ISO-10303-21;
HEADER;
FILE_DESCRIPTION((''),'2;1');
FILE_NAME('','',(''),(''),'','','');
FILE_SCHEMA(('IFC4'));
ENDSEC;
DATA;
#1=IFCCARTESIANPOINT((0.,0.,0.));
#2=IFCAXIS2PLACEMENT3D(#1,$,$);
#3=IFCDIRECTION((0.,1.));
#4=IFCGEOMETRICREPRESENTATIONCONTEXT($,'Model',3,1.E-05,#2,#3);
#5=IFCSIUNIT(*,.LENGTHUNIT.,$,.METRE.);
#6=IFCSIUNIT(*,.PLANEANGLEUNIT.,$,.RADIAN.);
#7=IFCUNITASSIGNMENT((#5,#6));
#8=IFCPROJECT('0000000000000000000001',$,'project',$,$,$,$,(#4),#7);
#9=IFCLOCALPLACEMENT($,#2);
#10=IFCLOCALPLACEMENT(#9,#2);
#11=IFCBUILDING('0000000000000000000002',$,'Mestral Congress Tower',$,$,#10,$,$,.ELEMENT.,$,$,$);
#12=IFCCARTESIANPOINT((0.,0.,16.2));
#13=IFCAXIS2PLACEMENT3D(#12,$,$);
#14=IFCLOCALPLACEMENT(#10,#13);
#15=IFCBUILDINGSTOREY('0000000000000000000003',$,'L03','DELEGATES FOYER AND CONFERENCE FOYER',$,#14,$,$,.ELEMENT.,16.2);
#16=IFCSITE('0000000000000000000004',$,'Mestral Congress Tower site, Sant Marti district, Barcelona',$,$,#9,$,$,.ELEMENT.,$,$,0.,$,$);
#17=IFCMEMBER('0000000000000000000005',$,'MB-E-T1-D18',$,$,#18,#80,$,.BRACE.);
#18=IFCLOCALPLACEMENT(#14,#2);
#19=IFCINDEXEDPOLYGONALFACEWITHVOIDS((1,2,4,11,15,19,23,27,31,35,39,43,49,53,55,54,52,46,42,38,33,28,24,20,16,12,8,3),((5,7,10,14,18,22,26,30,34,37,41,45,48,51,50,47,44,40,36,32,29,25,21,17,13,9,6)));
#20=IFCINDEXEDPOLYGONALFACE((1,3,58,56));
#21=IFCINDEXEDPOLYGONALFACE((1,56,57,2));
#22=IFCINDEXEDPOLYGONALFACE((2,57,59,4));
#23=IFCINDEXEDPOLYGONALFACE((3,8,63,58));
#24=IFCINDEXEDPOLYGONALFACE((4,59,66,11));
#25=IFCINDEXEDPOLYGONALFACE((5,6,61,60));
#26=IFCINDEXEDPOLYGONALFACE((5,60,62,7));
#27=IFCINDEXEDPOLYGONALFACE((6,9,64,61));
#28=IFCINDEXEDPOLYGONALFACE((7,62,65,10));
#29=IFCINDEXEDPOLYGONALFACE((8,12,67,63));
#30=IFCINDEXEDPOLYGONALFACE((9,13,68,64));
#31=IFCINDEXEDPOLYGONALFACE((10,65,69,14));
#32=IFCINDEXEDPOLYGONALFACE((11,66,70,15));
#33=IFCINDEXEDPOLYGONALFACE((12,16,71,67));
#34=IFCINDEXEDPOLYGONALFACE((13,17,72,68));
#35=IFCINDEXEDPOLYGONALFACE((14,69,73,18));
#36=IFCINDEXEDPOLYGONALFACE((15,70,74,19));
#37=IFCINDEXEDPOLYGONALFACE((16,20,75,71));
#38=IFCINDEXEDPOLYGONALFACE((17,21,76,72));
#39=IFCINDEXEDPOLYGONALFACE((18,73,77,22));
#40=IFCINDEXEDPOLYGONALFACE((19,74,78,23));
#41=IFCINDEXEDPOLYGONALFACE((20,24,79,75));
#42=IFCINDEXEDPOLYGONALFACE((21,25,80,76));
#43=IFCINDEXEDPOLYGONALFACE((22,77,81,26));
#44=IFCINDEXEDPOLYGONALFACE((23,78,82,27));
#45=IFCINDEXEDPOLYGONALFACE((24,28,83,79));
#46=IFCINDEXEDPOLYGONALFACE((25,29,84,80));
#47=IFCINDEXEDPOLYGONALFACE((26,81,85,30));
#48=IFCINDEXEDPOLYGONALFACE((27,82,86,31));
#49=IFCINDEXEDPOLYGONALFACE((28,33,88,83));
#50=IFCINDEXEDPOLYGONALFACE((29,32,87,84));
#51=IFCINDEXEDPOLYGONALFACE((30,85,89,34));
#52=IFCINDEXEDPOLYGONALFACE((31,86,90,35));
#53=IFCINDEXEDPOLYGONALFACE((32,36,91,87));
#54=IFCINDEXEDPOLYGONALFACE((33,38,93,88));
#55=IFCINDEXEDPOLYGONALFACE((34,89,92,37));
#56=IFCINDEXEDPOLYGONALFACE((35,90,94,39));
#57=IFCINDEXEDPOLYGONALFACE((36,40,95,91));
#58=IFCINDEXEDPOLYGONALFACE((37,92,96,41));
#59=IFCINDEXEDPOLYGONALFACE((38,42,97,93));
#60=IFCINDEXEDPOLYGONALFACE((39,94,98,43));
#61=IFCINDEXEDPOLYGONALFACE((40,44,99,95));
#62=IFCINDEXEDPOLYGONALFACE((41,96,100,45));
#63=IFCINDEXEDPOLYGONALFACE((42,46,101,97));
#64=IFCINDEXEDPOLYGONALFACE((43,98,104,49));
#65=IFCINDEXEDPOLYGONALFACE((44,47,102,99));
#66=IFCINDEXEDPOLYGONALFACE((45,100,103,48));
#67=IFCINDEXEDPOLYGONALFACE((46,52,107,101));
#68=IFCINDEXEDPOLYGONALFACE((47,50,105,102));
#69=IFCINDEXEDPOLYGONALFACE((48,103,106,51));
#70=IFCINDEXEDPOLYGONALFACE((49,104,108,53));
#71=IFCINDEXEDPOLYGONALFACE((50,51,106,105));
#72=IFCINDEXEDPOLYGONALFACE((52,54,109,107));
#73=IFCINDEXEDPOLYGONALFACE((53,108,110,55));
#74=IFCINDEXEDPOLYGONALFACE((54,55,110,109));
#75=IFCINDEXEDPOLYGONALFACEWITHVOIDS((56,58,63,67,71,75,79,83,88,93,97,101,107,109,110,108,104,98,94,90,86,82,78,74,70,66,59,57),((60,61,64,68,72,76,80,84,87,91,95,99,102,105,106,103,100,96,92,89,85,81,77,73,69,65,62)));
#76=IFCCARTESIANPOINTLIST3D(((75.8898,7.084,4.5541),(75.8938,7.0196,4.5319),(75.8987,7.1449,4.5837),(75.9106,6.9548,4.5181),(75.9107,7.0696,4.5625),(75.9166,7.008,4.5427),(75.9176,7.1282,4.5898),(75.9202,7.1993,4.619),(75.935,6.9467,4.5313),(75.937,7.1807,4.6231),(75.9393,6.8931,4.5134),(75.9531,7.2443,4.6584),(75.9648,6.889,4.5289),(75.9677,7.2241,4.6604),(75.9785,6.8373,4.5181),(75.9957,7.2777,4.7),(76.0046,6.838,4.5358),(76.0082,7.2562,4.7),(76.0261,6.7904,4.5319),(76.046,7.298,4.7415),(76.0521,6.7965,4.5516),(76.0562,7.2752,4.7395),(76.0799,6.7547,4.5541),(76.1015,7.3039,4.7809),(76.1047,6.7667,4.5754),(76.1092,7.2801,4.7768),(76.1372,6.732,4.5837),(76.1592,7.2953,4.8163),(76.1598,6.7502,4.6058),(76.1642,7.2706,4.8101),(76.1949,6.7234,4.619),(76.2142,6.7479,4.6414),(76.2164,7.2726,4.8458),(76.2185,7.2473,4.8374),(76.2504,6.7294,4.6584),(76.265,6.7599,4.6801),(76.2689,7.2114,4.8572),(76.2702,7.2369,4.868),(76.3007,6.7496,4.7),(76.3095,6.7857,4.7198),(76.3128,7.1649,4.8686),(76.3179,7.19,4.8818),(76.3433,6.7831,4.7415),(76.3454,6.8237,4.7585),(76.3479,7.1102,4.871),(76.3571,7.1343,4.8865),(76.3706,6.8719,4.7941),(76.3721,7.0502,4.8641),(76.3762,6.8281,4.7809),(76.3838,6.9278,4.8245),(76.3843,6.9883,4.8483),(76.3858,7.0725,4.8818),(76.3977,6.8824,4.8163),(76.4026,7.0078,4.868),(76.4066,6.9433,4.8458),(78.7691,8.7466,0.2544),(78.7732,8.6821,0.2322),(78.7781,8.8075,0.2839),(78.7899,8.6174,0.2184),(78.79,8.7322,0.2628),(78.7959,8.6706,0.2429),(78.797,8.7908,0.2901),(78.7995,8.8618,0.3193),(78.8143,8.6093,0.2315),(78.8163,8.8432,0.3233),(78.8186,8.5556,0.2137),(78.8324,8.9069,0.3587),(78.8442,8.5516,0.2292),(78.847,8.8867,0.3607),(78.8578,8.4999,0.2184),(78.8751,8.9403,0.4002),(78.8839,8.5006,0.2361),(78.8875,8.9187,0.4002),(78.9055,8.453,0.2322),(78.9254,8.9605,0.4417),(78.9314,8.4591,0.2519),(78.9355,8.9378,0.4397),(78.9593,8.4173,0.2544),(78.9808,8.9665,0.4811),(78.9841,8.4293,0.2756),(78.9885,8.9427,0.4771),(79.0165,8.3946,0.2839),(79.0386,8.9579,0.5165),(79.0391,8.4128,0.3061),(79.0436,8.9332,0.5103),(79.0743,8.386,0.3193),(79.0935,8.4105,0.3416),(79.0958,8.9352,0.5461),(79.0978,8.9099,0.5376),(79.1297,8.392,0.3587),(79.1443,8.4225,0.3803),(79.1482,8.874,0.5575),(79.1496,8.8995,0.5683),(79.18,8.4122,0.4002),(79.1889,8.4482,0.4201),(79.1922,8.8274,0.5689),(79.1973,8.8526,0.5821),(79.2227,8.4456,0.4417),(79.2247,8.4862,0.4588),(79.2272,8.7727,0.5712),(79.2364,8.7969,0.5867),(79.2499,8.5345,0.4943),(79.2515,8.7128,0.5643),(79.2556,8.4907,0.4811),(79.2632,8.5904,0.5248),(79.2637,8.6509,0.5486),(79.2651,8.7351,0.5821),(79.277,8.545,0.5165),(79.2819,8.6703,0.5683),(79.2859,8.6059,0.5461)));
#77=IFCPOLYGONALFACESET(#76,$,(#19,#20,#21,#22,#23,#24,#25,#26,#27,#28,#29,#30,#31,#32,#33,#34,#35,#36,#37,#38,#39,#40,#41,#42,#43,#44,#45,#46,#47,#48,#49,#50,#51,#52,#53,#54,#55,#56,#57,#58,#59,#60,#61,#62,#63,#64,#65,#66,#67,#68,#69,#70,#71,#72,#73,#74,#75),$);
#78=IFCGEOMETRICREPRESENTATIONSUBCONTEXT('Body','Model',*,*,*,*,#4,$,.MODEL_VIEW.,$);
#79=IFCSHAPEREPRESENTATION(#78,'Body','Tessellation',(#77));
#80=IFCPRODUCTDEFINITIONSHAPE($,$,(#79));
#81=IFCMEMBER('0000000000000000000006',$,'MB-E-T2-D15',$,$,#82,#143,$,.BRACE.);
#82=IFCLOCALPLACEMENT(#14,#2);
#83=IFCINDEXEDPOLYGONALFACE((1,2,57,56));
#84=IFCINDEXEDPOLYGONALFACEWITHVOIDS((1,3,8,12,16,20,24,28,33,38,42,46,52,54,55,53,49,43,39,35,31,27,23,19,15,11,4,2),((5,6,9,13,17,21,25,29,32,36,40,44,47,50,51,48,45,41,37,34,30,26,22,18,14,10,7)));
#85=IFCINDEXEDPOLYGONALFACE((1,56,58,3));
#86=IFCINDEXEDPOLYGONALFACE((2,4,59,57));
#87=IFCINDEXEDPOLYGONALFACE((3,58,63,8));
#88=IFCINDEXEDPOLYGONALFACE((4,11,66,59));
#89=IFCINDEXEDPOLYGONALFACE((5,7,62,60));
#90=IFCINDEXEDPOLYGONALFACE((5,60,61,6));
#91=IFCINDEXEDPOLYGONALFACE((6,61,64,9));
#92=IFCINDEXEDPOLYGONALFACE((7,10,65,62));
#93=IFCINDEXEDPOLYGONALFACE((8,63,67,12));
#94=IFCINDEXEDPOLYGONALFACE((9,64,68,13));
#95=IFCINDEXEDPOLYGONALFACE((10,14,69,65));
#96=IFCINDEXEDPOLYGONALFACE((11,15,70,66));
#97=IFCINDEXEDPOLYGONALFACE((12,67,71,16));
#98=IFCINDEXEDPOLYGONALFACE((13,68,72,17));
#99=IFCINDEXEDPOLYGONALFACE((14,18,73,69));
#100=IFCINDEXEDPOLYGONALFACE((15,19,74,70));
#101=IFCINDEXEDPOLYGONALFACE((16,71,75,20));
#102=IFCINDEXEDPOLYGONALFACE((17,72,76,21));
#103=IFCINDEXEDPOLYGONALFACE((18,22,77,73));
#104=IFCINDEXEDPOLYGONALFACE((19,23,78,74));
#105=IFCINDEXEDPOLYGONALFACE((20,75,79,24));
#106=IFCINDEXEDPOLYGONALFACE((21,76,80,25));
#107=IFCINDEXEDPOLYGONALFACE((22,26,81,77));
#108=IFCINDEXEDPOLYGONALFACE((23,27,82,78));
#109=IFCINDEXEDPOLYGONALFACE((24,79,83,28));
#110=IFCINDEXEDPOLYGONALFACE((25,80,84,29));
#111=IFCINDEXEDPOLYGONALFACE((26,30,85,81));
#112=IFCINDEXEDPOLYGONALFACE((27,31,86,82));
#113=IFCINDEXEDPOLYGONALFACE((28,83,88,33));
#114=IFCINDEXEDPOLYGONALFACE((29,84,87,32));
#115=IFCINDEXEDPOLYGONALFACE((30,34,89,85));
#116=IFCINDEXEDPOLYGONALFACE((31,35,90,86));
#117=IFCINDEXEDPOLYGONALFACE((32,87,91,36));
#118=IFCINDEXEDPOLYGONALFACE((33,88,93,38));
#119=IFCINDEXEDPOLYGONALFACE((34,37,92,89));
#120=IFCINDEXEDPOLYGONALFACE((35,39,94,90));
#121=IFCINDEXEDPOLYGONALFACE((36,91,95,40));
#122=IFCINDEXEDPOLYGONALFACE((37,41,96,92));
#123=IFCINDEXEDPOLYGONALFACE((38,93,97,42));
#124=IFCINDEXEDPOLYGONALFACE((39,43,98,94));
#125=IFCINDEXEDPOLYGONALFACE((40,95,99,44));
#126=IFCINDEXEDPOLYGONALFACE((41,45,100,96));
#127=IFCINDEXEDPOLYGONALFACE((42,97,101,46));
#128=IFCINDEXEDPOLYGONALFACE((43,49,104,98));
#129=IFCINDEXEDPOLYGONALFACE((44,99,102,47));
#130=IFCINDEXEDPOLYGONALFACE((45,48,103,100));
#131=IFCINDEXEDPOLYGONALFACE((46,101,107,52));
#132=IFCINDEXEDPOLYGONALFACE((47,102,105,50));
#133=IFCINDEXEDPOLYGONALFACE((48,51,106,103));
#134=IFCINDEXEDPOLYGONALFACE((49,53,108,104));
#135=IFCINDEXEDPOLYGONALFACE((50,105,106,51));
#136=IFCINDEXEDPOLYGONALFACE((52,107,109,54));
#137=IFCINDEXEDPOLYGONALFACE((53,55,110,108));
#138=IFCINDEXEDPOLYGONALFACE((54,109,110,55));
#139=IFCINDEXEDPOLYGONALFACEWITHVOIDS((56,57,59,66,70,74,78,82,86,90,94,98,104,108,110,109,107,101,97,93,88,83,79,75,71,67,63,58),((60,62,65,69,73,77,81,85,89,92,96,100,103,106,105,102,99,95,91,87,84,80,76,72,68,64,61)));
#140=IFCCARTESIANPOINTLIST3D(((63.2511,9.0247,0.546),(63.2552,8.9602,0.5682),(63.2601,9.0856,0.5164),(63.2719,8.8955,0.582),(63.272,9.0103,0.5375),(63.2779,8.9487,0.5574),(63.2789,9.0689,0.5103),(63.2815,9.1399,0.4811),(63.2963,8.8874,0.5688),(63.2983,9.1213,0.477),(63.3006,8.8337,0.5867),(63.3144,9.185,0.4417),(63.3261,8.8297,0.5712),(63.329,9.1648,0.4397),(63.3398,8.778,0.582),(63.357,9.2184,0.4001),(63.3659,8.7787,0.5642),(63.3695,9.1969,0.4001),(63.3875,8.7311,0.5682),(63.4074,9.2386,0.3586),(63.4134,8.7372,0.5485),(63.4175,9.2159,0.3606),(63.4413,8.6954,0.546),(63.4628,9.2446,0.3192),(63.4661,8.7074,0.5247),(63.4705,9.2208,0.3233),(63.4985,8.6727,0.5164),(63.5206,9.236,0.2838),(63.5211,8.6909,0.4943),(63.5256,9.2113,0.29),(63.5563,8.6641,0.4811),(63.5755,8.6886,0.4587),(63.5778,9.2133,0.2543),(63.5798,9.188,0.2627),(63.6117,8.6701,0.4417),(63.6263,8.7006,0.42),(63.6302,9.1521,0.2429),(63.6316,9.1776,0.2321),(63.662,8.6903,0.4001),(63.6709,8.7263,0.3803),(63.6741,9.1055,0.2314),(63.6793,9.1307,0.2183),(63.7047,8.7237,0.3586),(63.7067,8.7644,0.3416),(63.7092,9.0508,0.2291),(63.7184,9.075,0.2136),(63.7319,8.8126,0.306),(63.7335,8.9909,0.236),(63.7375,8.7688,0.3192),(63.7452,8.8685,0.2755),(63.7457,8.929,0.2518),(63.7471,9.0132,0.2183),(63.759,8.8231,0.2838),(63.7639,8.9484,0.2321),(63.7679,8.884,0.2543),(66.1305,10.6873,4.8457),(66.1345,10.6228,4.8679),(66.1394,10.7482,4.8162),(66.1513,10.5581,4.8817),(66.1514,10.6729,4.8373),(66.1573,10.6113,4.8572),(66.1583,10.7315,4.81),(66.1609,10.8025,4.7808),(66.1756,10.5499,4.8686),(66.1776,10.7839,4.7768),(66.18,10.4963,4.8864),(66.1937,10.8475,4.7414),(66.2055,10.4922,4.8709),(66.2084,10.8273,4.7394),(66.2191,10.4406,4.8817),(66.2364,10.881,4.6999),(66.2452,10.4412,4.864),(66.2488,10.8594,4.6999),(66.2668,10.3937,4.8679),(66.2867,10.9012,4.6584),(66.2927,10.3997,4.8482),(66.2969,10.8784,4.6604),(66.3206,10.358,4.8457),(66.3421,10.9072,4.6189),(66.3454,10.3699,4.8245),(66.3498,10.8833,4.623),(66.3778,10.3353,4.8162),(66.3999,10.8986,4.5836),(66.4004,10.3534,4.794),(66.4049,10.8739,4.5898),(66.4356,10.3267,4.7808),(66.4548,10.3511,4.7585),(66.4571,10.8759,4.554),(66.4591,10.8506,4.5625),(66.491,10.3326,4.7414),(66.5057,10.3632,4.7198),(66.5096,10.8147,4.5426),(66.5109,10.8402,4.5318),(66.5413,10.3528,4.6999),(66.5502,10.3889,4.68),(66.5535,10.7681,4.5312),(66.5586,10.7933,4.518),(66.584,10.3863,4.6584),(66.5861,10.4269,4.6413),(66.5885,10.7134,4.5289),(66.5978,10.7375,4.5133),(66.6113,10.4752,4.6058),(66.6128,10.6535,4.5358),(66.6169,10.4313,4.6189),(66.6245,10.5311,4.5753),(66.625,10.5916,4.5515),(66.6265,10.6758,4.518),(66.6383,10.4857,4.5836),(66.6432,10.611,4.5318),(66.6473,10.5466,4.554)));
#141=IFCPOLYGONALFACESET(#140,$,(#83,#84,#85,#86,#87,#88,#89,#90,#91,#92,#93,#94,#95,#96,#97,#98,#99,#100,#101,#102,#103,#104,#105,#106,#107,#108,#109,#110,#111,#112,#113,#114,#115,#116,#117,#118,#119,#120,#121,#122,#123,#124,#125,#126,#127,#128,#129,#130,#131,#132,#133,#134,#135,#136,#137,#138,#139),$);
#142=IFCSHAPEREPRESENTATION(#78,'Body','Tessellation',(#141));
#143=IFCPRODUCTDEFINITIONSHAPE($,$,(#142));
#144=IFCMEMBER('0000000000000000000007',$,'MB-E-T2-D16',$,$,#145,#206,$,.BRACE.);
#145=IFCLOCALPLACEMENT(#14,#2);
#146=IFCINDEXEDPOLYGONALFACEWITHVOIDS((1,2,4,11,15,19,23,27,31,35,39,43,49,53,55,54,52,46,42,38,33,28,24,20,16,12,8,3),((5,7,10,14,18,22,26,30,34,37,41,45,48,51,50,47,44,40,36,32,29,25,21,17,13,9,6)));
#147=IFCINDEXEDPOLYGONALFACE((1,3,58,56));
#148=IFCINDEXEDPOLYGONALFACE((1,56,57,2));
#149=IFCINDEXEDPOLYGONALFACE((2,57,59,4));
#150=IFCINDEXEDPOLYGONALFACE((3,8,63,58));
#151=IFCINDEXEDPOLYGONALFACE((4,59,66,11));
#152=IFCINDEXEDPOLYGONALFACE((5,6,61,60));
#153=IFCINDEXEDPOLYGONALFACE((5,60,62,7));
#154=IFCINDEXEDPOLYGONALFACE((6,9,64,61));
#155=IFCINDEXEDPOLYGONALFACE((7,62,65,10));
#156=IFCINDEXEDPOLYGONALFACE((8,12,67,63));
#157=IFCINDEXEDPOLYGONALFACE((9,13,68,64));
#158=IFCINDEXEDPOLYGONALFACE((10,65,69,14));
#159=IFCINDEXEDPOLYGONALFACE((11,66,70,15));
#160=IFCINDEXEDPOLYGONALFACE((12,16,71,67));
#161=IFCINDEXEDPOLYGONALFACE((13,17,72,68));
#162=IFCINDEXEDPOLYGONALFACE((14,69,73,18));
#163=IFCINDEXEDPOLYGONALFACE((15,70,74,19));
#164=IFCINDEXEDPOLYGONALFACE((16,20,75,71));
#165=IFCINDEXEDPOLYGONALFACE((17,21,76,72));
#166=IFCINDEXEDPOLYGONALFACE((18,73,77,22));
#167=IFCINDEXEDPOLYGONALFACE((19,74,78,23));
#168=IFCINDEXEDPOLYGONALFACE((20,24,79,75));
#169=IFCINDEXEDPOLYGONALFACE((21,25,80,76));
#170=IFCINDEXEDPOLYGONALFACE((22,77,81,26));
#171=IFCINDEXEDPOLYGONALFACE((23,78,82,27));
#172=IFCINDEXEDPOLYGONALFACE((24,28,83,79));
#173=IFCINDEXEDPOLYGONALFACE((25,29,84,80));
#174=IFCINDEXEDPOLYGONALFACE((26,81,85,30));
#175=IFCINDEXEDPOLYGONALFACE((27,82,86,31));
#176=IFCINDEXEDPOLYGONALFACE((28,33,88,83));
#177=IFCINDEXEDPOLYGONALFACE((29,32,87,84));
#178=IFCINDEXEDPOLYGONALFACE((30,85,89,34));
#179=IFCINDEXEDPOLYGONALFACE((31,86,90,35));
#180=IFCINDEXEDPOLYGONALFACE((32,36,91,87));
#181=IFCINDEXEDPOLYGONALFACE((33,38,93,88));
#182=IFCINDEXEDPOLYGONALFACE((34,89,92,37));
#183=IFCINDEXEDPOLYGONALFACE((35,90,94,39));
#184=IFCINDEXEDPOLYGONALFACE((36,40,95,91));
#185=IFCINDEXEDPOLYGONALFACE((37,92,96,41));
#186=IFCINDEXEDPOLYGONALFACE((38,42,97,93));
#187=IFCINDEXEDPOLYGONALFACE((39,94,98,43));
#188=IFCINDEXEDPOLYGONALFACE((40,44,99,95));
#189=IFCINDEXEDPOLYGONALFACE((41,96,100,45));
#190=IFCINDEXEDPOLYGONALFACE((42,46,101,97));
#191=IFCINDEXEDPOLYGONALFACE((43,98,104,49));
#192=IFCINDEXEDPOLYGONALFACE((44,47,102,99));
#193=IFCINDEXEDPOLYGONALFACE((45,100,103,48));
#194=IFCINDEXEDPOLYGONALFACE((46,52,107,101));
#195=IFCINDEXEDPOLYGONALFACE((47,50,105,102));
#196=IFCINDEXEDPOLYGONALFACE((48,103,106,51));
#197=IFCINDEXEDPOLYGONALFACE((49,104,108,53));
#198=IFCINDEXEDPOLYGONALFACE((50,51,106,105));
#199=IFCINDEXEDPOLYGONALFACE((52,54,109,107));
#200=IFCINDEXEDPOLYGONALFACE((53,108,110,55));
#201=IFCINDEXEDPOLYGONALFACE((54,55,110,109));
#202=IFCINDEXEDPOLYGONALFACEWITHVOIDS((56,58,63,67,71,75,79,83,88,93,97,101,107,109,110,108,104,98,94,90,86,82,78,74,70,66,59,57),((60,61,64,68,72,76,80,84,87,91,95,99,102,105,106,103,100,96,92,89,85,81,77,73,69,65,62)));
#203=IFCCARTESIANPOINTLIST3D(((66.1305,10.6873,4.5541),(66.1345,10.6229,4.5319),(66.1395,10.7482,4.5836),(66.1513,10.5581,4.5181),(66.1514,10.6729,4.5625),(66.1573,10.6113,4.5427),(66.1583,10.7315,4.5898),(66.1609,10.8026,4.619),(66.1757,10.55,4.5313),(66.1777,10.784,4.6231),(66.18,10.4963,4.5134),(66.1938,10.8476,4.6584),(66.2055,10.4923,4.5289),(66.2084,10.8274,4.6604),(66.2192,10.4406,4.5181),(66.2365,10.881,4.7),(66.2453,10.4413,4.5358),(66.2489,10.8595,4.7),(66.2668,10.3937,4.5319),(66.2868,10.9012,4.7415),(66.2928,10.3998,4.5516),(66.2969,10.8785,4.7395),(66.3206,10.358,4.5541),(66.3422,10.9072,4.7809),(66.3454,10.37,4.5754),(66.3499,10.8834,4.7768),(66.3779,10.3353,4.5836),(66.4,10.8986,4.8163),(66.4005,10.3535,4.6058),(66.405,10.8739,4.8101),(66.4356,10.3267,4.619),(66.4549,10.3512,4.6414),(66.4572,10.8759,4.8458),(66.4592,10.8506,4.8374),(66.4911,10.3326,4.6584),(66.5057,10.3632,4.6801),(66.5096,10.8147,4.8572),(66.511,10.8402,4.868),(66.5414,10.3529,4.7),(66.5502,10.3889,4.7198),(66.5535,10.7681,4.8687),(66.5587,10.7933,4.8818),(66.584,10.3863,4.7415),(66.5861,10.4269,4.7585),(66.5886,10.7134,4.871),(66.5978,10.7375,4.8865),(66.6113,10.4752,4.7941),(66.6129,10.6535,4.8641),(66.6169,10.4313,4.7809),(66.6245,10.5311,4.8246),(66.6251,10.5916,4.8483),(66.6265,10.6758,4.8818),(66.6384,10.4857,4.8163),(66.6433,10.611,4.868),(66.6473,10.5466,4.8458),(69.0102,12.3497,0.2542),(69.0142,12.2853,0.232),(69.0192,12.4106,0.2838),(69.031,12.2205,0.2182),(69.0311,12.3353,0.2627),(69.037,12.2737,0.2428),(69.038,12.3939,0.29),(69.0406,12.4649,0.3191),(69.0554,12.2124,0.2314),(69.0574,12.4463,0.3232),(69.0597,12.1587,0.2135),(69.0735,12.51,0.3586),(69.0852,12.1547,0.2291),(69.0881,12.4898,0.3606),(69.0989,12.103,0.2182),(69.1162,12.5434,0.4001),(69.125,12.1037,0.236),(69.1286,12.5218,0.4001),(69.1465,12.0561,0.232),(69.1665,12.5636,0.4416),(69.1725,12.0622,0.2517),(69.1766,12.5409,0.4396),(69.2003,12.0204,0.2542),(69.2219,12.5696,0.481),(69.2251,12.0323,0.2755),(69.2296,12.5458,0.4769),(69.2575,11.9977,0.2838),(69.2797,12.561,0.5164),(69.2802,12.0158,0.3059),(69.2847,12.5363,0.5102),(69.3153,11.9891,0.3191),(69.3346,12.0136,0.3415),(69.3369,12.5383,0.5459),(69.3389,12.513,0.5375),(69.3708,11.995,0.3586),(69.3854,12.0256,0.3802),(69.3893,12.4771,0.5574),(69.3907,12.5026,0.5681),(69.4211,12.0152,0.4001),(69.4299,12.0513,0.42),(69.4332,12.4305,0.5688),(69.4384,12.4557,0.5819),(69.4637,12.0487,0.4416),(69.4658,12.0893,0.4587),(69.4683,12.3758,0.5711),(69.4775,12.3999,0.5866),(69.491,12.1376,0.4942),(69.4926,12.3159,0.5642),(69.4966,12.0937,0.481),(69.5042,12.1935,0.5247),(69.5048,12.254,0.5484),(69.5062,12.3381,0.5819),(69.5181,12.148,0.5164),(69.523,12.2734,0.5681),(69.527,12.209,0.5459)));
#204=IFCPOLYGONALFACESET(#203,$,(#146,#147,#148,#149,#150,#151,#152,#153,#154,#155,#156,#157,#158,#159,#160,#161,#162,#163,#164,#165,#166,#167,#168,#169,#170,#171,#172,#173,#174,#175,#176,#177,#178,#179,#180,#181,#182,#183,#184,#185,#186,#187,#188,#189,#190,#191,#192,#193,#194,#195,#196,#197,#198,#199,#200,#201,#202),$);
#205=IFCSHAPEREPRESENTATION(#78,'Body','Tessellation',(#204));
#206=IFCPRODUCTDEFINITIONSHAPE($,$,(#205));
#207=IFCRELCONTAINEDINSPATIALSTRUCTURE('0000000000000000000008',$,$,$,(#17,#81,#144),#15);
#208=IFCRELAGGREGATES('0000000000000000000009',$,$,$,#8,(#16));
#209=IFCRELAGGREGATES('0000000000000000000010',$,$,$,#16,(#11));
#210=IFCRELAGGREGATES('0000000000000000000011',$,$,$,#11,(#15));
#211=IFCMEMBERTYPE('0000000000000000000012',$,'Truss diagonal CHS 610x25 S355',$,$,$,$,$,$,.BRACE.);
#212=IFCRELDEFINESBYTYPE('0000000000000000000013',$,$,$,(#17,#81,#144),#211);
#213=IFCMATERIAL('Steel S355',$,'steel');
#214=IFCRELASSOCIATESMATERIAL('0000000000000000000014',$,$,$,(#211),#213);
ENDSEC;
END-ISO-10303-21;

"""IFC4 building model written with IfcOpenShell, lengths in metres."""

from ifc_helpers import new_model, si_unit, direction, frame, origin, origin_2d, place, context, subcontext, project, spatial, hollow_circle, extrude, material, material_profile, profile_set, type_object, element, save


model = new_model("IFC4")

# Units and contexts
model_context = context("Model", 3, precision=1e-05, world=origin(), true_north=direction((0.0, 1.0)))
body_context = subcontext(model_context, "Body", "Model", "MODEL_VIEW")
ifc_project = project(units=[si_unit("LENGTHUNIT", "METRE"), si_unit("PLANEANGLEUNIT", "RADIAN")], contexts=[model_context])

# Site, building, storey
site_placement = place(None, origin())
site = spatial("IfcSite", under=ifc_project, at=site_placement, Name="Mestral Congress Tower site, Sant Marti district, Barcelona", CompositionType="ELEMENT", RefElevation=0.0)
building_placement = place(site_placement, origin())
building = spatial("IfcBuilding", under=site, at=building_placement, Name="Mestral Congress Tower", CompositionType="ELEMENT")
storey_placement = place(building_placement, frame((0.0, 0.0, 16.2)))
storey = spatial("IfcBuildingStorey", under=building, at=storey_placement, Name="L03", Description="DELEGATES FOYER AND CONFERENCE FOYER", CompositionType="ELEMENT", Elevation=16.2)

# Members
ifc_material_1 = material(Name="Steel S355", Category="steel")
ifc_material_profile_1 = material_profile(ifc_material_1, hollow_circle(Radius=0.3049, WallThickness=0.0249, at=origin_2d()), Name="CHS 610x25")
ifc_profile_set_1 = profile_set([ifc_material_profile_1], Name="Steel S355")
member_type_1 = type_object("IfcMemberType", Name="Truss diagonal CHS 610x25 S355", PredefinedType="BRACE", material=ifc_profile_set_1)
for number, where, z_axis, x_axis, name in (
    (1, (76.1482, 7.0137, 4.7), (0.529749, 0.305884, -0.791076), (-0.50004, 0.866002, 0.0), "MB-E-T1-D18"),
    (2, (63.5095, 8.9543, 0.4001), (0.529749, 0.305884, 0.791076), (-0.50004, 0.866002, 0.0), "MB-E-T2-D15"),
):
    element("IfcMember", number, at=place(storey_placement, frame(where, z_axis=z_axis, x_axis=x_axis)), inside=storey, type_object=member_type_1, Name=name, PredefinedType="BRACE", context=body_context, shape_type="SweptSolid", body=[
        extrude(hollow_circle(Radius=0.3049, WallThickness=0.0249, at=origin_2d()), origin(), (0.0, 0.0, 1.0), 5.4353),
    ])
for number, where, z_axis, x_axis, name in (
    (3, (66.3889, 10.6169, 4.7), (0.529789, 0.305836, -0.791068), (-0.499953, 0.866052, 0.0), "MB-E-T2-D16"),
):
    element("IfcMember", number, at=place(storey_placement, frame(where, z_axis=z_axis, x_axis=x_axis)), inside=storey, type_object=member_type_1, Name=name, PredefinedType="BRACE", context=body_context, shape_type="SweptSolid", body=[
        extrude(hollow_circle(Radius=0.3049, WallThickness=0.0249, at=origin_2d()), origin(), (0.0, 0.0, 1.0), 5.4355),
    ])

save(model, "model.ifc")
